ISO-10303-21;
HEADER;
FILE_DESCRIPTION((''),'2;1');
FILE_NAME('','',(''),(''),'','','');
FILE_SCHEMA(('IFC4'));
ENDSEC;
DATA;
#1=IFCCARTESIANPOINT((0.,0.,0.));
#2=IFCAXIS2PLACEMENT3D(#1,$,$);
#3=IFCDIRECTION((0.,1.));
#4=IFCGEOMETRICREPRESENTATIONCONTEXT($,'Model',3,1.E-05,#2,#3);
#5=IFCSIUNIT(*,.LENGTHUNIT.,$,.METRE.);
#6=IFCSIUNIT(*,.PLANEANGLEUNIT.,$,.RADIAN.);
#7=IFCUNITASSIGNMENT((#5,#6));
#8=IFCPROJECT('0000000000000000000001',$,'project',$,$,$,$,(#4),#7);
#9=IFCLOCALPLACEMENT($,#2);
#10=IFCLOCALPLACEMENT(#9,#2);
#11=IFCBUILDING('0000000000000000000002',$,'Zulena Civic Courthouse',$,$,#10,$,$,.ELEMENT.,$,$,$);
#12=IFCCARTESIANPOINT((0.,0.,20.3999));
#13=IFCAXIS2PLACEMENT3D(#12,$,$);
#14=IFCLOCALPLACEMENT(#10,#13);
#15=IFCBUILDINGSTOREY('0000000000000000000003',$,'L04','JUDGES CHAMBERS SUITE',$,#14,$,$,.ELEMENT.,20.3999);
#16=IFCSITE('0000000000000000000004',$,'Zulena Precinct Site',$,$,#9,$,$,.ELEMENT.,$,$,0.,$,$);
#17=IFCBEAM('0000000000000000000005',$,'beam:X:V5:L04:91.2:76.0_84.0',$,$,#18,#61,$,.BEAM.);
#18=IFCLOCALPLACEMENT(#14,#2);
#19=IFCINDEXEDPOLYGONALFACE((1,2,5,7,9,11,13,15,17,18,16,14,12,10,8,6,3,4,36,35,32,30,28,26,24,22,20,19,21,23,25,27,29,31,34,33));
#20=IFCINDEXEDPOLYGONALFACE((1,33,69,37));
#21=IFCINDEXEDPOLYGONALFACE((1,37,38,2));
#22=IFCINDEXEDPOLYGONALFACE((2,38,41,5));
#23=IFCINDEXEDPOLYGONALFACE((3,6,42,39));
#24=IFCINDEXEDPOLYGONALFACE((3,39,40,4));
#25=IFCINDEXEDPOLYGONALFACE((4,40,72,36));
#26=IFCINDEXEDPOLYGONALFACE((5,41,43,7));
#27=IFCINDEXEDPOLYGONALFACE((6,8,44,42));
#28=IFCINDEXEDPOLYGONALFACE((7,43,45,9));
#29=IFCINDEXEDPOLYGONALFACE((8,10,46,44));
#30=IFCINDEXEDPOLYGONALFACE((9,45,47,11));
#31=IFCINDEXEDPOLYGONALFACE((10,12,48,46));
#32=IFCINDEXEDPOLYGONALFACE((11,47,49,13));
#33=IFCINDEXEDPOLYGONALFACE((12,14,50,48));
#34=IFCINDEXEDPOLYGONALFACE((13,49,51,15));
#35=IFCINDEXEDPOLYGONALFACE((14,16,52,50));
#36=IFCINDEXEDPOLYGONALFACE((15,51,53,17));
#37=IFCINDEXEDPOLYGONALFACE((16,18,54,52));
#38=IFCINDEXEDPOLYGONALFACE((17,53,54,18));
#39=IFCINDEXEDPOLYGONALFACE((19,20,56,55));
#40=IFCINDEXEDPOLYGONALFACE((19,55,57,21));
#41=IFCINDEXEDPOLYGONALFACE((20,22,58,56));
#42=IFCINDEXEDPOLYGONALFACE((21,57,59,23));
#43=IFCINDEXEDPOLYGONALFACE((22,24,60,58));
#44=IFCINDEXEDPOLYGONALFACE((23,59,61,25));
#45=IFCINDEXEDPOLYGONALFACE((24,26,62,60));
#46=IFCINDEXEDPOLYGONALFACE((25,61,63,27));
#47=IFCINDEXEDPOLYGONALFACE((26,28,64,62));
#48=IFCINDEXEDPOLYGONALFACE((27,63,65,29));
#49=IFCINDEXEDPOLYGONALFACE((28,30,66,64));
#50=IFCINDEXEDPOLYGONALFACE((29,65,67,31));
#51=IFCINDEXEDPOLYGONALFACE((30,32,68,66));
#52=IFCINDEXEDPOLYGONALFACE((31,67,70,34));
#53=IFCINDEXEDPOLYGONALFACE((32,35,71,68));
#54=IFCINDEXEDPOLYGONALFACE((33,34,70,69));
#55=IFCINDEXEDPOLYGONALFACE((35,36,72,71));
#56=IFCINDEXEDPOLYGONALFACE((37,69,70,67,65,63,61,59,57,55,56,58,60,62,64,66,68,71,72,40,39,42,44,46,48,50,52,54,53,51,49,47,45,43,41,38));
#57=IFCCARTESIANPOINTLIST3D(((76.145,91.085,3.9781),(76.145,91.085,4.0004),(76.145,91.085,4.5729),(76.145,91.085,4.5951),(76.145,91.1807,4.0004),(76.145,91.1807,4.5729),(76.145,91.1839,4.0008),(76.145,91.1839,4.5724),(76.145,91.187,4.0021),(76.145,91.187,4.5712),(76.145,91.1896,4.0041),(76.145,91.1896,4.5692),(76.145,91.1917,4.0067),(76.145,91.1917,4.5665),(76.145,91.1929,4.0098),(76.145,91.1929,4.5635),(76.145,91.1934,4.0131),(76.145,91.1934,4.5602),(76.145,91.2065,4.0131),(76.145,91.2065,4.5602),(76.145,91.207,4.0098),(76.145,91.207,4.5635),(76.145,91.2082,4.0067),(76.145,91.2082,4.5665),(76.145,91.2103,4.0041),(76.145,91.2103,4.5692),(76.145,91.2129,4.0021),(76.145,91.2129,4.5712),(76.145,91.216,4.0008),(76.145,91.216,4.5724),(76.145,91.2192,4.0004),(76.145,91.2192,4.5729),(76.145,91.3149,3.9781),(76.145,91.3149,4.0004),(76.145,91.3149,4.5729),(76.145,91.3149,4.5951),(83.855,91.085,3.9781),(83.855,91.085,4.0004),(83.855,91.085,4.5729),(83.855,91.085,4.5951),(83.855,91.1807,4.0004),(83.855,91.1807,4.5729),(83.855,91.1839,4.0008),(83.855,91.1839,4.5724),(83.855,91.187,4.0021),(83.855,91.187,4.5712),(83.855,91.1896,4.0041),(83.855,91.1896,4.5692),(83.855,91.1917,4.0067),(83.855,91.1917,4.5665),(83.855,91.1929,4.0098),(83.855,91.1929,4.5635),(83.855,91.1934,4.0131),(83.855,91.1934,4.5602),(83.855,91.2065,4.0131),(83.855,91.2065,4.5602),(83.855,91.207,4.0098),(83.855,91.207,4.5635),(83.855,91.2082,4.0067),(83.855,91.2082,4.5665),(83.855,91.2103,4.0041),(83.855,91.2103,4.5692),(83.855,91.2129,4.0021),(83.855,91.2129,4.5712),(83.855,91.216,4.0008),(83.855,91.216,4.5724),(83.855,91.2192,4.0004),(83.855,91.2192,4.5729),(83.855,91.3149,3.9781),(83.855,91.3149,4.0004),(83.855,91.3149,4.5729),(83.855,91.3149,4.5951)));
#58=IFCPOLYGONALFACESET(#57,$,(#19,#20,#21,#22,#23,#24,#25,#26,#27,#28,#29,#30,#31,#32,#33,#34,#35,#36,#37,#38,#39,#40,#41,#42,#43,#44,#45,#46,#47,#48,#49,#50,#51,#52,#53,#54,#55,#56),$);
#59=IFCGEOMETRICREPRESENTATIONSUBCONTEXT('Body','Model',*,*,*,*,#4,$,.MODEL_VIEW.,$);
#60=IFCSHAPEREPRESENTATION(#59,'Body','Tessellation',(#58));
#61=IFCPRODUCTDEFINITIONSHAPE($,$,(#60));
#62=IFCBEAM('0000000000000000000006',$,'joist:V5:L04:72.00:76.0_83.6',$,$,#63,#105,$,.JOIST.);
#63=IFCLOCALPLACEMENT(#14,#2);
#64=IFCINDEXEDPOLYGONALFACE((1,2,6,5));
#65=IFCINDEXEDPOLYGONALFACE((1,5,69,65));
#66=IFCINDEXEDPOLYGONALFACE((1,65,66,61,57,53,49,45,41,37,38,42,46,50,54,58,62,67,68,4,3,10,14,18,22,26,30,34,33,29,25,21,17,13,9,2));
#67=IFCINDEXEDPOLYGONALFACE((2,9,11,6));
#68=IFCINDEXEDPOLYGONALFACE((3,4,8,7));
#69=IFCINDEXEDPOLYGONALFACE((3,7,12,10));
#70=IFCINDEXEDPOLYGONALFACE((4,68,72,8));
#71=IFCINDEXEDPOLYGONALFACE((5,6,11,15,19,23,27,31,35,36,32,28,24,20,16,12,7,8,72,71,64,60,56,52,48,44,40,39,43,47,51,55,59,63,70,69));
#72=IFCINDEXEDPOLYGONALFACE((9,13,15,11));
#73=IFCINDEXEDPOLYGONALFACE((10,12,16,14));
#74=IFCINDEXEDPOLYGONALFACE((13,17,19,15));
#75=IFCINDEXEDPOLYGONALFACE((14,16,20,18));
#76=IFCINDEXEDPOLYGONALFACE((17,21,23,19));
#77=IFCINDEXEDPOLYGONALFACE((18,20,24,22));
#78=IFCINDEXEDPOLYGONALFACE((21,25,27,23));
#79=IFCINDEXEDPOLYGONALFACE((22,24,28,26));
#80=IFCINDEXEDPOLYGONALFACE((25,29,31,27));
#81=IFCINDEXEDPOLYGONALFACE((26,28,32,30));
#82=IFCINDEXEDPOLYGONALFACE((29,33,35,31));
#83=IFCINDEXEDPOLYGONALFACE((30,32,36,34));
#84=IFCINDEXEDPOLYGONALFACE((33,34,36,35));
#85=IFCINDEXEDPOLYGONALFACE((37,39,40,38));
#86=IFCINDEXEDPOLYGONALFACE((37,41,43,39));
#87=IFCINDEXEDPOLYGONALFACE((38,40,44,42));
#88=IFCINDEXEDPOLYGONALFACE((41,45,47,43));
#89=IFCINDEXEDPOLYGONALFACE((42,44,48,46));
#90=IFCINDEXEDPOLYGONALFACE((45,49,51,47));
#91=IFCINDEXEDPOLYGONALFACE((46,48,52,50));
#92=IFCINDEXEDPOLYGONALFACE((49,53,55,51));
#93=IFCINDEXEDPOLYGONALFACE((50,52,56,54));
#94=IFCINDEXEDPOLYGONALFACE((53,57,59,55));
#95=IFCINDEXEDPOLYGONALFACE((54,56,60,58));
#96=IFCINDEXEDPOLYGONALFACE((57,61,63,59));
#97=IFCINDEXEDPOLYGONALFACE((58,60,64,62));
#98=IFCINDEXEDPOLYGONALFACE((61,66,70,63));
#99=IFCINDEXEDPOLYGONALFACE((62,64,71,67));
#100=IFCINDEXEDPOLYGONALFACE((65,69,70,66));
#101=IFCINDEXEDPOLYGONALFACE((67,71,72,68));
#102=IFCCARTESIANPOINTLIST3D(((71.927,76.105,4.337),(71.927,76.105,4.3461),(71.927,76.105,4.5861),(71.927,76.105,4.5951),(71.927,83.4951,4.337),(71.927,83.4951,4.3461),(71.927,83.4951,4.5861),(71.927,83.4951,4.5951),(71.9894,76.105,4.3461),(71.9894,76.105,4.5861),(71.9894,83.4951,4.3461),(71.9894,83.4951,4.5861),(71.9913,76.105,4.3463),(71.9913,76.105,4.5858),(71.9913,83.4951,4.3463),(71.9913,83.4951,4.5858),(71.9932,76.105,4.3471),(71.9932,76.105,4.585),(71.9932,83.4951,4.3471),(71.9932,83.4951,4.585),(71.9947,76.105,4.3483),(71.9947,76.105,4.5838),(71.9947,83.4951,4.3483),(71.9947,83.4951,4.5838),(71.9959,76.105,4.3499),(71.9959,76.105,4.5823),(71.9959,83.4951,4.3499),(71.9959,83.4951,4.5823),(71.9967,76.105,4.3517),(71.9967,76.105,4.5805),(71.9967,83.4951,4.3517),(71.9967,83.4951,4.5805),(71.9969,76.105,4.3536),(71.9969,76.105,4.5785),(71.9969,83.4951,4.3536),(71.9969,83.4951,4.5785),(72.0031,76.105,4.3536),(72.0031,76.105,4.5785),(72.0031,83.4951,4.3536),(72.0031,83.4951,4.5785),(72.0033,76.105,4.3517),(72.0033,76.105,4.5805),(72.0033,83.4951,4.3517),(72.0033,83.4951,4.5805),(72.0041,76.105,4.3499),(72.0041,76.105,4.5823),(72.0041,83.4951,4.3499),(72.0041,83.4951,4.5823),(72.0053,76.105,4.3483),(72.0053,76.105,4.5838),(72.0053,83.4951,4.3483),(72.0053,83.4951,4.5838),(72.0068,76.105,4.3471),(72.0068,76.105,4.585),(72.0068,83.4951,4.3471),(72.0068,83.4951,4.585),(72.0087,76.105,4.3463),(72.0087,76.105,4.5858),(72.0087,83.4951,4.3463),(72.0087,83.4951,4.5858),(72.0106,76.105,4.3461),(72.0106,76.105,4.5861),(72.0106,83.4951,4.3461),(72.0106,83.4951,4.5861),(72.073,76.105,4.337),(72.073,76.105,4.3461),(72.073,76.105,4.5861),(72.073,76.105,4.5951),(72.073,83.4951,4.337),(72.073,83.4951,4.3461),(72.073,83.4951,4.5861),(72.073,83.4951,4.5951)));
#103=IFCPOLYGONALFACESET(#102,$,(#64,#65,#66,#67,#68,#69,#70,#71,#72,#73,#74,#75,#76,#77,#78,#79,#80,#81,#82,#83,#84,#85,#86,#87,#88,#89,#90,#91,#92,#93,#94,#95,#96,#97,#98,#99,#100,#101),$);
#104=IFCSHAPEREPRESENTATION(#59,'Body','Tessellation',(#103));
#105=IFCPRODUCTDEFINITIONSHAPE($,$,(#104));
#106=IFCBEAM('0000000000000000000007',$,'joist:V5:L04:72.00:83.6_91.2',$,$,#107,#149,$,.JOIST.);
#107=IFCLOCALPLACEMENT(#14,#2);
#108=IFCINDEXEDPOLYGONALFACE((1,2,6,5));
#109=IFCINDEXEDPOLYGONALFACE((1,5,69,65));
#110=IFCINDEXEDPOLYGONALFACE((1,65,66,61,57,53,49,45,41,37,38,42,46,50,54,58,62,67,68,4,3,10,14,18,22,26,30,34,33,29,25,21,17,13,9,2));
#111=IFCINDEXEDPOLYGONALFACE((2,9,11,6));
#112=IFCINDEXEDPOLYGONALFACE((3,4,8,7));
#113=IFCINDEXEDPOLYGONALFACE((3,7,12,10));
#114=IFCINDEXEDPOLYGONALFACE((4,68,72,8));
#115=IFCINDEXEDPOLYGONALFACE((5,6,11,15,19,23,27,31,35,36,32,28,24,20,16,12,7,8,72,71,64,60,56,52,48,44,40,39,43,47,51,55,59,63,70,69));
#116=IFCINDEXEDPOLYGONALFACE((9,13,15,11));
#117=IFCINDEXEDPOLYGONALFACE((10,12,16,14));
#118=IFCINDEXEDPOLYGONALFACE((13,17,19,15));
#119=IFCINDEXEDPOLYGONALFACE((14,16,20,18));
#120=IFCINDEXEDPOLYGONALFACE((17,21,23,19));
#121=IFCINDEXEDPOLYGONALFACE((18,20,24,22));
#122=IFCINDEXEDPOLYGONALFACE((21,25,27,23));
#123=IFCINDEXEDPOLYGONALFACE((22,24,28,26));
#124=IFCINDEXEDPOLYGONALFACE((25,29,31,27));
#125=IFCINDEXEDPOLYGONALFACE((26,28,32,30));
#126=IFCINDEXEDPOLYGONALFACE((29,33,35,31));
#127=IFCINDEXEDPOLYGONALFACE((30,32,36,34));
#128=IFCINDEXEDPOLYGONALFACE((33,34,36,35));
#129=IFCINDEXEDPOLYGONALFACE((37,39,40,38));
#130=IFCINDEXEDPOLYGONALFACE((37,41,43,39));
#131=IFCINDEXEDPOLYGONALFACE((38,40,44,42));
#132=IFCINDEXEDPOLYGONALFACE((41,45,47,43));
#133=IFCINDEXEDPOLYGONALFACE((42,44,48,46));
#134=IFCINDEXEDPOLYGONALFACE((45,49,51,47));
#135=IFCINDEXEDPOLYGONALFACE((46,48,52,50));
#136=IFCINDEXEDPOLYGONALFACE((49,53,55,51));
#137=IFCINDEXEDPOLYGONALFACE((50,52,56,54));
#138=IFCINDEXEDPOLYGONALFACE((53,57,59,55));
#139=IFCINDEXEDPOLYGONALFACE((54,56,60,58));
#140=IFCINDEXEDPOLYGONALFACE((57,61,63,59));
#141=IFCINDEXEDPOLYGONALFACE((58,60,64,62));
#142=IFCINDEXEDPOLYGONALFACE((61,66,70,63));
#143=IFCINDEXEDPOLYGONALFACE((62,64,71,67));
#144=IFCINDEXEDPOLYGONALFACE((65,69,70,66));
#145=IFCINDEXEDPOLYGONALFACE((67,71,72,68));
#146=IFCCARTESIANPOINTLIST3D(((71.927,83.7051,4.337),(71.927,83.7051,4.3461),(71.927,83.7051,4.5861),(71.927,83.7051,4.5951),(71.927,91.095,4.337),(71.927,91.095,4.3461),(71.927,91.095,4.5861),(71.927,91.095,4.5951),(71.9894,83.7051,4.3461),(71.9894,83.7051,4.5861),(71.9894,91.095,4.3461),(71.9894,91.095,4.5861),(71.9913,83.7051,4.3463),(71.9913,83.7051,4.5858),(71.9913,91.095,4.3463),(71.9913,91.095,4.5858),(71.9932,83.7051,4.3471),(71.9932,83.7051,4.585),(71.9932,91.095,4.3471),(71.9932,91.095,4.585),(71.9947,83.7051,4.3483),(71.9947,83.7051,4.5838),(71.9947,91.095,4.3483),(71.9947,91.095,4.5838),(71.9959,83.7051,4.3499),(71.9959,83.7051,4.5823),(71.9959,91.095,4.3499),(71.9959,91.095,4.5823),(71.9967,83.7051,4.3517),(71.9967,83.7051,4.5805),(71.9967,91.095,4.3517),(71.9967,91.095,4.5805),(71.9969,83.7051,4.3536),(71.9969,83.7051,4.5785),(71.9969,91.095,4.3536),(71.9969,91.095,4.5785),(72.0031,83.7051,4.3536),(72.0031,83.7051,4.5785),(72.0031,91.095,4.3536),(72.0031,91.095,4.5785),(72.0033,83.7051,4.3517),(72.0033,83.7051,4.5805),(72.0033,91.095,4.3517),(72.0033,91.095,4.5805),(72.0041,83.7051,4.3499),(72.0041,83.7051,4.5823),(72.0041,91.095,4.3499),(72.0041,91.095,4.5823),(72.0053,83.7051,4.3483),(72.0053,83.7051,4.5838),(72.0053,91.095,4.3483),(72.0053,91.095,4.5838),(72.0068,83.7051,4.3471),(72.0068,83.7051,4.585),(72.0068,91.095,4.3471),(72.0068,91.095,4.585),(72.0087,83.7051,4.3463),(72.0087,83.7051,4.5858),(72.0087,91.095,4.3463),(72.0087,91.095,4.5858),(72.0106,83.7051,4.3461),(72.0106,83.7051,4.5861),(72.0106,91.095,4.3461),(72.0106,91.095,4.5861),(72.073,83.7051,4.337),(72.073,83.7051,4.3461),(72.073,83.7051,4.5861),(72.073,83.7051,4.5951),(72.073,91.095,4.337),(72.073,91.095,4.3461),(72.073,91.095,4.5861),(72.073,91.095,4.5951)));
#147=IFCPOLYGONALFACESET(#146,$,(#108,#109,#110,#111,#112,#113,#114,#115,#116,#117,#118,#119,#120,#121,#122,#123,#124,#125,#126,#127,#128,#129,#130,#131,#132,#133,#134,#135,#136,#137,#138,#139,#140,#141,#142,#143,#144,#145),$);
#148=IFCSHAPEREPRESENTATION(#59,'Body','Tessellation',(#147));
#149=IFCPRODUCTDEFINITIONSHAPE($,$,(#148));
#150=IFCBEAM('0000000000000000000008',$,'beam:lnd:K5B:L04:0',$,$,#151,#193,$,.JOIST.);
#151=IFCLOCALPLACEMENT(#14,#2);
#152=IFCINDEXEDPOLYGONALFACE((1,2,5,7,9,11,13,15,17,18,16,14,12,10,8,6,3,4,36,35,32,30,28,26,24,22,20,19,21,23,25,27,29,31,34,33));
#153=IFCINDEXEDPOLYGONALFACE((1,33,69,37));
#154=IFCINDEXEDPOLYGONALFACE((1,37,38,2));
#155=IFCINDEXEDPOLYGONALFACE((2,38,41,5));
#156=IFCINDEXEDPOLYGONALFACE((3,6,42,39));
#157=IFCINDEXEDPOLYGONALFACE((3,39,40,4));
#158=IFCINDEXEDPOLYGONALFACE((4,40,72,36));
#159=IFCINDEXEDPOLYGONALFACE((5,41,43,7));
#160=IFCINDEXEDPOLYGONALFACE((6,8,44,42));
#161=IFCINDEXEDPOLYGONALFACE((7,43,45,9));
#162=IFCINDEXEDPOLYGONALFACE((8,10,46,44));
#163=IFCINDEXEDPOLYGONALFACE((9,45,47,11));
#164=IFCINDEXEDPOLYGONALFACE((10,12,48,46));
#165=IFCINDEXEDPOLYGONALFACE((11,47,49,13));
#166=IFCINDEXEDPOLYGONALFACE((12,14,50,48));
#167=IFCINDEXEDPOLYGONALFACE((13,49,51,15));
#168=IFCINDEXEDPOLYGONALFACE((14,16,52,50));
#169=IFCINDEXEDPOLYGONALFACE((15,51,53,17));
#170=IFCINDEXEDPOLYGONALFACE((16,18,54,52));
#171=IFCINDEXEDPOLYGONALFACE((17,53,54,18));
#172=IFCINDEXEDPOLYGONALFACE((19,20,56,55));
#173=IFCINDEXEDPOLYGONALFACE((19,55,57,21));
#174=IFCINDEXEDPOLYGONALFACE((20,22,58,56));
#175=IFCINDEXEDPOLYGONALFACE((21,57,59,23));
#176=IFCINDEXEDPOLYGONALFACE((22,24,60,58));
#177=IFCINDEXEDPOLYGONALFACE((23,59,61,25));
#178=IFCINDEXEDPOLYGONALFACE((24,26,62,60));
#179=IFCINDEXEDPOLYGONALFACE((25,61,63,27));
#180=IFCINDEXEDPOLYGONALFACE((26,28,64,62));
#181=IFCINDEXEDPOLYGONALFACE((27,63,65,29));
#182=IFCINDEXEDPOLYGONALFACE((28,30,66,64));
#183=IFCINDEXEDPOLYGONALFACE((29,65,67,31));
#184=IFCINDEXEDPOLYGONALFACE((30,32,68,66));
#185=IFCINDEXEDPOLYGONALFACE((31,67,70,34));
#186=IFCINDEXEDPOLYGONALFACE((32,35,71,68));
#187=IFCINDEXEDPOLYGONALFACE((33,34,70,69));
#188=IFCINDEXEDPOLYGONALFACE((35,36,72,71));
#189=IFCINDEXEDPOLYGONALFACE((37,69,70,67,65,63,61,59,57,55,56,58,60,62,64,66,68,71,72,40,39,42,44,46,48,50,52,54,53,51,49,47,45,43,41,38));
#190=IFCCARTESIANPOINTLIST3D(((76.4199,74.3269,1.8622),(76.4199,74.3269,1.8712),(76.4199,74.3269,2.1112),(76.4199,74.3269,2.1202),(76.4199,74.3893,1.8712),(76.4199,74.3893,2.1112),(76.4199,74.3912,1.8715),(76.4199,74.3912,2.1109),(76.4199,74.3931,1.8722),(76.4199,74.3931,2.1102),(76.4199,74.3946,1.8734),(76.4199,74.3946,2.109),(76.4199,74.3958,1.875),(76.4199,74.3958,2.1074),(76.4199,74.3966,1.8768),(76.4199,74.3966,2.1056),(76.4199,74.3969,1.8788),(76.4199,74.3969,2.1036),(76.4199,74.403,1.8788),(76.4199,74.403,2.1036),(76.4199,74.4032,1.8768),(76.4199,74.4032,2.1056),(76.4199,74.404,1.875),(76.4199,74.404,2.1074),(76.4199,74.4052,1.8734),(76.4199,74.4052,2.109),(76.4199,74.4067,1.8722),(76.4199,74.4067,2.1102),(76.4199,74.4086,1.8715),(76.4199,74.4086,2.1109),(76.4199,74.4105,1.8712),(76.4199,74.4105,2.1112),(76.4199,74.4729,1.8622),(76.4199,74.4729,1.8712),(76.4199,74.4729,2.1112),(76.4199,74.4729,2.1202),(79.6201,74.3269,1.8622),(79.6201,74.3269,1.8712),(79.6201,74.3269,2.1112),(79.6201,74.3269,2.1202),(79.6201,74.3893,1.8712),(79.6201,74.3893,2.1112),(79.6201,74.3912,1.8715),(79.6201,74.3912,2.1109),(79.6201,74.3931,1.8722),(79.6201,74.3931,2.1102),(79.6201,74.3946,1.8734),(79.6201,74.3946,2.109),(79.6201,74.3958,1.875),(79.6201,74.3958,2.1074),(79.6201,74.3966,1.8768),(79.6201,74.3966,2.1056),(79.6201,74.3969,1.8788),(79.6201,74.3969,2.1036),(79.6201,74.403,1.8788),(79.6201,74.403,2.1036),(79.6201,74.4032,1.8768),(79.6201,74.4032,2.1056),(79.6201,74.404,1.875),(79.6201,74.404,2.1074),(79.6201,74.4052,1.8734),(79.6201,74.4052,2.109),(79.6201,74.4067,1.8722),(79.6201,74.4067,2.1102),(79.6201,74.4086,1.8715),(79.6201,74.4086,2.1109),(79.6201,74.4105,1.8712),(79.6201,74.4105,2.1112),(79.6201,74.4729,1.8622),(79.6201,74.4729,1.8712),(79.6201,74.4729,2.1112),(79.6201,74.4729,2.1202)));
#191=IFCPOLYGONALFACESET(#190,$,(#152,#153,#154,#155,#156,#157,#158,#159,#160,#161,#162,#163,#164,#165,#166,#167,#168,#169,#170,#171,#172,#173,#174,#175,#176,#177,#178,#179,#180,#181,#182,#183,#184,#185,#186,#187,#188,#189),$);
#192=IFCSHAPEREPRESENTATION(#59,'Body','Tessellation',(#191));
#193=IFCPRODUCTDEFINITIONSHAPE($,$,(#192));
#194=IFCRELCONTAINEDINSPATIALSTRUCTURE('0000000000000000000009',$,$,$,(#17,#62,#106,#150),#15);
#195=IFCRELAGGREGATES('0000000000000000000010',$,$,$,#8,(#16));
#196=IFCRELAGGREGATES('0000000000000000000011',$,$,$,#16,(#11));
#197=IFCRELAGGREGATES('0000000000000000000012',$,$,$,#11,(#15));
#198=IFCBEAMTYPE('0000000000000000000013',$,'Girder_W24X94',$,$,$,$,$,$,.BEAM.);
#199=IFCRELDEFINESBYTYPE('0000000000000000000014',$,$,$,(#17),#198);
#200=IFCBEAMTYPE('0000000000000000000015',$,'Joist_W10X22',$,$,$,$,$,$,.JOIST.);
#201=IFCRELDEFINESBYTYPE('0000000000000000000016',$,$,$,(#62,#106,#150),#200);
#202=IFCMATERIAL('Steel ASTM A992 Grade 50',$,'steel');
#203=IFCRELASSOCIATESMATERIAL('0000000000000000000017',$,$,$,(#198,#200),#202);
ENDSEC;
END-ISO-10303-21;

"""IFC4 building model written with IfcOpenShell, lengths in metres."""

from ifc_helpers import new_model, si_unit, direction, frame, origin, origin_2d, place, context, subcontext, project, spatial, i_section, extrude, material, material_profile, profile_set, type_object, element, save


model = new_model("IFC4")

# Units and contexts
model_context = context("Model", 3, precision=1e-05, world=origin(), true_north=direction((0.0, 1.0)))
body_context = subcontext(model_context, "Body", "Model", "MODEL_VIEW")
ifc_project = project(units=[si_unit("LENGTHUNIT", "METRE"), si_unit("PLANEANGLEUNIT", "RADIAN")], contexts=[model_context])

# Site, building, storey
site_placement = place(None, origin())
site = spatial("IfcSite", under=ifc_project, at=site_placement, Name="Zulena Precinct Site", CompositionType="ELEMENT", RefElevation=0.0)
building_placement = place(site_placement, origin())
building = spatial("IfcBuilding", under=site, at=building_placement, Name="Zulena Civic Courthouse", CompositionType="ELEMENT")
storey_placement = place(building_placement, frame((0.0, 0.0, 20.3999)))
storey = spatial("IfcBuildingStorey", under=building, at=storey_placement, Name="L04", Description="JUDGES CHAMBERS SUITE", CompositionType="ELEMENT", Elevation=20.3999)

# Shared definitions
ifc_material_1 = material(Name="Steel ASTM A992 Grade 50", Category="steel")

# Beams
ifc_material_profile_1 = material_profile(ifc_material_1, i_section(OverallWidth=0.23, OverallDepth=0.6169, WebThickness=0.0132, FlangeThickness=0.0222, FilletRadius=0.0127, at=origin_2d()), Name="W24X94")
ifc_profile_set_1 = profile_set([ifc_material_profile_1], Name="Steel ASTM A992 Grade 50")
beam_type_1 = type_object("IfcBeamType", Name="Girder_W24X94", PredefinedType="BEAM", material=ifc_profile_set_1)
for number, where, z_axis, x_axis, name in (
    (1, (76.145, 91.2, 4.2866), (1.0, 0.0, 0.0), (0.0, 1.0, 0.0), "beam:X:V5:L04:91.2:76.0_84.0"),
):
    element("IfcBeam", number, at=place(storey_placement, frame(where, z_axis=z_axis, x_axis=x_axis)), inside=storey, type_object=beam_type_1, Name=name, PredefinedType="BEAM", context=body_context, shape_type="SweptSolid", body=[
        extrude(i_section(OverallWidth=0.23, OverallDepth=0.6169, WebThickness=0.0132, FlangeThickness=0.0222, FilletRadius=0.0127, at=origin_2d()), origin(), (0.0, 0.0, 1.0), 7.71),
    ])
ifc_material_profile_2 = material_profile(ifc_material_1, i_section(OverallWidth=0.146, OverallDepth=0.2581, WebThickness=0.0061, FlangeThickness=0.009, FilletRadius=0.0076, at=origin_2d()), Name="W10X22")
ifc_profile_set_2 = profile_set([ifc_material_profile_2], Name="Steel ASTM A992 Grade 50")
beam_type_2 = type_object("IfcBeamType", Name="Joist_W10X22", PredefinedType="JOIST", material=ifc_profile_set_2)
beam_1_placement = place(storey_placement, frame((72.0, 76.105, 4.4661), z_axis=(0.0, 1.0, 0.0), x_axis=(-1.0, 0.0, 0.0)))
element("IfcBeam", 2, at=beam_1_placement, inside=storey, type_object=beam_type_2, Name="joist:V5:L04:72.00:76.0_83.6", PredefinedType="JOIST", context=body_context, shape_type="SweptSolid", body=[
    extrude(i_section(OverallWidth=0.146, OverallDepth=0.2581, WebThickness=0.0061, FlangeThickness=0.009, FilletRadius=0.0076, at=origin_2d()), origin(), (0.0, 0.0, 1.0), 7.3901),
])
beam_2_placement = place(storey_placement, frame((72.0, 83.7051, 4.4661), z_axis=(0.0, 1.0, 0.0), x_axis=(-1.0, 0.0, 0.0)))
element("IfcBeam", 3, at=beam_2_placement, inside=storey, type_object=beam_type_2, Name="joist:V5:L04:72.00:83.6_91.2", PredefinedType="JOIST", context=body_context, shape_type="SweptSolid", body=[
    extrude(i_section(OverallWidth=0.146, OverallDepth=0.2581, WebThickness=0.0061, FlangeThickness=0.009, FilletRadius=0.0076, at=origin_2d()), origin(), (0.0, 0.0, 1.0), 7.3899),
])
for number, where, z_axis, x_axis, name in (
    (4, (76.4199, 74.3999, 1.9912), (1.0, 0.0, 0.0), (0.0, 1.0, 0.0), "beam:lnd:K5B:L04:0"),
):
    element("IfcBeam", number, at=place(storey_placement, frame(where, z_axis=z_axis, x_axis=x_axis)), inside=storey, type_object=beam_type_2, Name=name, PredefinedType="JOIST", context=body_context, shape_type="SweptSolid", body=[
        extrude(i_section(OverallWidth=0.146, OverallDepth=0.2581, WebThickness=0.0061, FlangeThickness=0.009, FilletRadius=0.0076, at=origin_2d()), origin(), (0.0, 0.0, 1.0), 3.2002),
    ])

save(model, "model.ifc")
